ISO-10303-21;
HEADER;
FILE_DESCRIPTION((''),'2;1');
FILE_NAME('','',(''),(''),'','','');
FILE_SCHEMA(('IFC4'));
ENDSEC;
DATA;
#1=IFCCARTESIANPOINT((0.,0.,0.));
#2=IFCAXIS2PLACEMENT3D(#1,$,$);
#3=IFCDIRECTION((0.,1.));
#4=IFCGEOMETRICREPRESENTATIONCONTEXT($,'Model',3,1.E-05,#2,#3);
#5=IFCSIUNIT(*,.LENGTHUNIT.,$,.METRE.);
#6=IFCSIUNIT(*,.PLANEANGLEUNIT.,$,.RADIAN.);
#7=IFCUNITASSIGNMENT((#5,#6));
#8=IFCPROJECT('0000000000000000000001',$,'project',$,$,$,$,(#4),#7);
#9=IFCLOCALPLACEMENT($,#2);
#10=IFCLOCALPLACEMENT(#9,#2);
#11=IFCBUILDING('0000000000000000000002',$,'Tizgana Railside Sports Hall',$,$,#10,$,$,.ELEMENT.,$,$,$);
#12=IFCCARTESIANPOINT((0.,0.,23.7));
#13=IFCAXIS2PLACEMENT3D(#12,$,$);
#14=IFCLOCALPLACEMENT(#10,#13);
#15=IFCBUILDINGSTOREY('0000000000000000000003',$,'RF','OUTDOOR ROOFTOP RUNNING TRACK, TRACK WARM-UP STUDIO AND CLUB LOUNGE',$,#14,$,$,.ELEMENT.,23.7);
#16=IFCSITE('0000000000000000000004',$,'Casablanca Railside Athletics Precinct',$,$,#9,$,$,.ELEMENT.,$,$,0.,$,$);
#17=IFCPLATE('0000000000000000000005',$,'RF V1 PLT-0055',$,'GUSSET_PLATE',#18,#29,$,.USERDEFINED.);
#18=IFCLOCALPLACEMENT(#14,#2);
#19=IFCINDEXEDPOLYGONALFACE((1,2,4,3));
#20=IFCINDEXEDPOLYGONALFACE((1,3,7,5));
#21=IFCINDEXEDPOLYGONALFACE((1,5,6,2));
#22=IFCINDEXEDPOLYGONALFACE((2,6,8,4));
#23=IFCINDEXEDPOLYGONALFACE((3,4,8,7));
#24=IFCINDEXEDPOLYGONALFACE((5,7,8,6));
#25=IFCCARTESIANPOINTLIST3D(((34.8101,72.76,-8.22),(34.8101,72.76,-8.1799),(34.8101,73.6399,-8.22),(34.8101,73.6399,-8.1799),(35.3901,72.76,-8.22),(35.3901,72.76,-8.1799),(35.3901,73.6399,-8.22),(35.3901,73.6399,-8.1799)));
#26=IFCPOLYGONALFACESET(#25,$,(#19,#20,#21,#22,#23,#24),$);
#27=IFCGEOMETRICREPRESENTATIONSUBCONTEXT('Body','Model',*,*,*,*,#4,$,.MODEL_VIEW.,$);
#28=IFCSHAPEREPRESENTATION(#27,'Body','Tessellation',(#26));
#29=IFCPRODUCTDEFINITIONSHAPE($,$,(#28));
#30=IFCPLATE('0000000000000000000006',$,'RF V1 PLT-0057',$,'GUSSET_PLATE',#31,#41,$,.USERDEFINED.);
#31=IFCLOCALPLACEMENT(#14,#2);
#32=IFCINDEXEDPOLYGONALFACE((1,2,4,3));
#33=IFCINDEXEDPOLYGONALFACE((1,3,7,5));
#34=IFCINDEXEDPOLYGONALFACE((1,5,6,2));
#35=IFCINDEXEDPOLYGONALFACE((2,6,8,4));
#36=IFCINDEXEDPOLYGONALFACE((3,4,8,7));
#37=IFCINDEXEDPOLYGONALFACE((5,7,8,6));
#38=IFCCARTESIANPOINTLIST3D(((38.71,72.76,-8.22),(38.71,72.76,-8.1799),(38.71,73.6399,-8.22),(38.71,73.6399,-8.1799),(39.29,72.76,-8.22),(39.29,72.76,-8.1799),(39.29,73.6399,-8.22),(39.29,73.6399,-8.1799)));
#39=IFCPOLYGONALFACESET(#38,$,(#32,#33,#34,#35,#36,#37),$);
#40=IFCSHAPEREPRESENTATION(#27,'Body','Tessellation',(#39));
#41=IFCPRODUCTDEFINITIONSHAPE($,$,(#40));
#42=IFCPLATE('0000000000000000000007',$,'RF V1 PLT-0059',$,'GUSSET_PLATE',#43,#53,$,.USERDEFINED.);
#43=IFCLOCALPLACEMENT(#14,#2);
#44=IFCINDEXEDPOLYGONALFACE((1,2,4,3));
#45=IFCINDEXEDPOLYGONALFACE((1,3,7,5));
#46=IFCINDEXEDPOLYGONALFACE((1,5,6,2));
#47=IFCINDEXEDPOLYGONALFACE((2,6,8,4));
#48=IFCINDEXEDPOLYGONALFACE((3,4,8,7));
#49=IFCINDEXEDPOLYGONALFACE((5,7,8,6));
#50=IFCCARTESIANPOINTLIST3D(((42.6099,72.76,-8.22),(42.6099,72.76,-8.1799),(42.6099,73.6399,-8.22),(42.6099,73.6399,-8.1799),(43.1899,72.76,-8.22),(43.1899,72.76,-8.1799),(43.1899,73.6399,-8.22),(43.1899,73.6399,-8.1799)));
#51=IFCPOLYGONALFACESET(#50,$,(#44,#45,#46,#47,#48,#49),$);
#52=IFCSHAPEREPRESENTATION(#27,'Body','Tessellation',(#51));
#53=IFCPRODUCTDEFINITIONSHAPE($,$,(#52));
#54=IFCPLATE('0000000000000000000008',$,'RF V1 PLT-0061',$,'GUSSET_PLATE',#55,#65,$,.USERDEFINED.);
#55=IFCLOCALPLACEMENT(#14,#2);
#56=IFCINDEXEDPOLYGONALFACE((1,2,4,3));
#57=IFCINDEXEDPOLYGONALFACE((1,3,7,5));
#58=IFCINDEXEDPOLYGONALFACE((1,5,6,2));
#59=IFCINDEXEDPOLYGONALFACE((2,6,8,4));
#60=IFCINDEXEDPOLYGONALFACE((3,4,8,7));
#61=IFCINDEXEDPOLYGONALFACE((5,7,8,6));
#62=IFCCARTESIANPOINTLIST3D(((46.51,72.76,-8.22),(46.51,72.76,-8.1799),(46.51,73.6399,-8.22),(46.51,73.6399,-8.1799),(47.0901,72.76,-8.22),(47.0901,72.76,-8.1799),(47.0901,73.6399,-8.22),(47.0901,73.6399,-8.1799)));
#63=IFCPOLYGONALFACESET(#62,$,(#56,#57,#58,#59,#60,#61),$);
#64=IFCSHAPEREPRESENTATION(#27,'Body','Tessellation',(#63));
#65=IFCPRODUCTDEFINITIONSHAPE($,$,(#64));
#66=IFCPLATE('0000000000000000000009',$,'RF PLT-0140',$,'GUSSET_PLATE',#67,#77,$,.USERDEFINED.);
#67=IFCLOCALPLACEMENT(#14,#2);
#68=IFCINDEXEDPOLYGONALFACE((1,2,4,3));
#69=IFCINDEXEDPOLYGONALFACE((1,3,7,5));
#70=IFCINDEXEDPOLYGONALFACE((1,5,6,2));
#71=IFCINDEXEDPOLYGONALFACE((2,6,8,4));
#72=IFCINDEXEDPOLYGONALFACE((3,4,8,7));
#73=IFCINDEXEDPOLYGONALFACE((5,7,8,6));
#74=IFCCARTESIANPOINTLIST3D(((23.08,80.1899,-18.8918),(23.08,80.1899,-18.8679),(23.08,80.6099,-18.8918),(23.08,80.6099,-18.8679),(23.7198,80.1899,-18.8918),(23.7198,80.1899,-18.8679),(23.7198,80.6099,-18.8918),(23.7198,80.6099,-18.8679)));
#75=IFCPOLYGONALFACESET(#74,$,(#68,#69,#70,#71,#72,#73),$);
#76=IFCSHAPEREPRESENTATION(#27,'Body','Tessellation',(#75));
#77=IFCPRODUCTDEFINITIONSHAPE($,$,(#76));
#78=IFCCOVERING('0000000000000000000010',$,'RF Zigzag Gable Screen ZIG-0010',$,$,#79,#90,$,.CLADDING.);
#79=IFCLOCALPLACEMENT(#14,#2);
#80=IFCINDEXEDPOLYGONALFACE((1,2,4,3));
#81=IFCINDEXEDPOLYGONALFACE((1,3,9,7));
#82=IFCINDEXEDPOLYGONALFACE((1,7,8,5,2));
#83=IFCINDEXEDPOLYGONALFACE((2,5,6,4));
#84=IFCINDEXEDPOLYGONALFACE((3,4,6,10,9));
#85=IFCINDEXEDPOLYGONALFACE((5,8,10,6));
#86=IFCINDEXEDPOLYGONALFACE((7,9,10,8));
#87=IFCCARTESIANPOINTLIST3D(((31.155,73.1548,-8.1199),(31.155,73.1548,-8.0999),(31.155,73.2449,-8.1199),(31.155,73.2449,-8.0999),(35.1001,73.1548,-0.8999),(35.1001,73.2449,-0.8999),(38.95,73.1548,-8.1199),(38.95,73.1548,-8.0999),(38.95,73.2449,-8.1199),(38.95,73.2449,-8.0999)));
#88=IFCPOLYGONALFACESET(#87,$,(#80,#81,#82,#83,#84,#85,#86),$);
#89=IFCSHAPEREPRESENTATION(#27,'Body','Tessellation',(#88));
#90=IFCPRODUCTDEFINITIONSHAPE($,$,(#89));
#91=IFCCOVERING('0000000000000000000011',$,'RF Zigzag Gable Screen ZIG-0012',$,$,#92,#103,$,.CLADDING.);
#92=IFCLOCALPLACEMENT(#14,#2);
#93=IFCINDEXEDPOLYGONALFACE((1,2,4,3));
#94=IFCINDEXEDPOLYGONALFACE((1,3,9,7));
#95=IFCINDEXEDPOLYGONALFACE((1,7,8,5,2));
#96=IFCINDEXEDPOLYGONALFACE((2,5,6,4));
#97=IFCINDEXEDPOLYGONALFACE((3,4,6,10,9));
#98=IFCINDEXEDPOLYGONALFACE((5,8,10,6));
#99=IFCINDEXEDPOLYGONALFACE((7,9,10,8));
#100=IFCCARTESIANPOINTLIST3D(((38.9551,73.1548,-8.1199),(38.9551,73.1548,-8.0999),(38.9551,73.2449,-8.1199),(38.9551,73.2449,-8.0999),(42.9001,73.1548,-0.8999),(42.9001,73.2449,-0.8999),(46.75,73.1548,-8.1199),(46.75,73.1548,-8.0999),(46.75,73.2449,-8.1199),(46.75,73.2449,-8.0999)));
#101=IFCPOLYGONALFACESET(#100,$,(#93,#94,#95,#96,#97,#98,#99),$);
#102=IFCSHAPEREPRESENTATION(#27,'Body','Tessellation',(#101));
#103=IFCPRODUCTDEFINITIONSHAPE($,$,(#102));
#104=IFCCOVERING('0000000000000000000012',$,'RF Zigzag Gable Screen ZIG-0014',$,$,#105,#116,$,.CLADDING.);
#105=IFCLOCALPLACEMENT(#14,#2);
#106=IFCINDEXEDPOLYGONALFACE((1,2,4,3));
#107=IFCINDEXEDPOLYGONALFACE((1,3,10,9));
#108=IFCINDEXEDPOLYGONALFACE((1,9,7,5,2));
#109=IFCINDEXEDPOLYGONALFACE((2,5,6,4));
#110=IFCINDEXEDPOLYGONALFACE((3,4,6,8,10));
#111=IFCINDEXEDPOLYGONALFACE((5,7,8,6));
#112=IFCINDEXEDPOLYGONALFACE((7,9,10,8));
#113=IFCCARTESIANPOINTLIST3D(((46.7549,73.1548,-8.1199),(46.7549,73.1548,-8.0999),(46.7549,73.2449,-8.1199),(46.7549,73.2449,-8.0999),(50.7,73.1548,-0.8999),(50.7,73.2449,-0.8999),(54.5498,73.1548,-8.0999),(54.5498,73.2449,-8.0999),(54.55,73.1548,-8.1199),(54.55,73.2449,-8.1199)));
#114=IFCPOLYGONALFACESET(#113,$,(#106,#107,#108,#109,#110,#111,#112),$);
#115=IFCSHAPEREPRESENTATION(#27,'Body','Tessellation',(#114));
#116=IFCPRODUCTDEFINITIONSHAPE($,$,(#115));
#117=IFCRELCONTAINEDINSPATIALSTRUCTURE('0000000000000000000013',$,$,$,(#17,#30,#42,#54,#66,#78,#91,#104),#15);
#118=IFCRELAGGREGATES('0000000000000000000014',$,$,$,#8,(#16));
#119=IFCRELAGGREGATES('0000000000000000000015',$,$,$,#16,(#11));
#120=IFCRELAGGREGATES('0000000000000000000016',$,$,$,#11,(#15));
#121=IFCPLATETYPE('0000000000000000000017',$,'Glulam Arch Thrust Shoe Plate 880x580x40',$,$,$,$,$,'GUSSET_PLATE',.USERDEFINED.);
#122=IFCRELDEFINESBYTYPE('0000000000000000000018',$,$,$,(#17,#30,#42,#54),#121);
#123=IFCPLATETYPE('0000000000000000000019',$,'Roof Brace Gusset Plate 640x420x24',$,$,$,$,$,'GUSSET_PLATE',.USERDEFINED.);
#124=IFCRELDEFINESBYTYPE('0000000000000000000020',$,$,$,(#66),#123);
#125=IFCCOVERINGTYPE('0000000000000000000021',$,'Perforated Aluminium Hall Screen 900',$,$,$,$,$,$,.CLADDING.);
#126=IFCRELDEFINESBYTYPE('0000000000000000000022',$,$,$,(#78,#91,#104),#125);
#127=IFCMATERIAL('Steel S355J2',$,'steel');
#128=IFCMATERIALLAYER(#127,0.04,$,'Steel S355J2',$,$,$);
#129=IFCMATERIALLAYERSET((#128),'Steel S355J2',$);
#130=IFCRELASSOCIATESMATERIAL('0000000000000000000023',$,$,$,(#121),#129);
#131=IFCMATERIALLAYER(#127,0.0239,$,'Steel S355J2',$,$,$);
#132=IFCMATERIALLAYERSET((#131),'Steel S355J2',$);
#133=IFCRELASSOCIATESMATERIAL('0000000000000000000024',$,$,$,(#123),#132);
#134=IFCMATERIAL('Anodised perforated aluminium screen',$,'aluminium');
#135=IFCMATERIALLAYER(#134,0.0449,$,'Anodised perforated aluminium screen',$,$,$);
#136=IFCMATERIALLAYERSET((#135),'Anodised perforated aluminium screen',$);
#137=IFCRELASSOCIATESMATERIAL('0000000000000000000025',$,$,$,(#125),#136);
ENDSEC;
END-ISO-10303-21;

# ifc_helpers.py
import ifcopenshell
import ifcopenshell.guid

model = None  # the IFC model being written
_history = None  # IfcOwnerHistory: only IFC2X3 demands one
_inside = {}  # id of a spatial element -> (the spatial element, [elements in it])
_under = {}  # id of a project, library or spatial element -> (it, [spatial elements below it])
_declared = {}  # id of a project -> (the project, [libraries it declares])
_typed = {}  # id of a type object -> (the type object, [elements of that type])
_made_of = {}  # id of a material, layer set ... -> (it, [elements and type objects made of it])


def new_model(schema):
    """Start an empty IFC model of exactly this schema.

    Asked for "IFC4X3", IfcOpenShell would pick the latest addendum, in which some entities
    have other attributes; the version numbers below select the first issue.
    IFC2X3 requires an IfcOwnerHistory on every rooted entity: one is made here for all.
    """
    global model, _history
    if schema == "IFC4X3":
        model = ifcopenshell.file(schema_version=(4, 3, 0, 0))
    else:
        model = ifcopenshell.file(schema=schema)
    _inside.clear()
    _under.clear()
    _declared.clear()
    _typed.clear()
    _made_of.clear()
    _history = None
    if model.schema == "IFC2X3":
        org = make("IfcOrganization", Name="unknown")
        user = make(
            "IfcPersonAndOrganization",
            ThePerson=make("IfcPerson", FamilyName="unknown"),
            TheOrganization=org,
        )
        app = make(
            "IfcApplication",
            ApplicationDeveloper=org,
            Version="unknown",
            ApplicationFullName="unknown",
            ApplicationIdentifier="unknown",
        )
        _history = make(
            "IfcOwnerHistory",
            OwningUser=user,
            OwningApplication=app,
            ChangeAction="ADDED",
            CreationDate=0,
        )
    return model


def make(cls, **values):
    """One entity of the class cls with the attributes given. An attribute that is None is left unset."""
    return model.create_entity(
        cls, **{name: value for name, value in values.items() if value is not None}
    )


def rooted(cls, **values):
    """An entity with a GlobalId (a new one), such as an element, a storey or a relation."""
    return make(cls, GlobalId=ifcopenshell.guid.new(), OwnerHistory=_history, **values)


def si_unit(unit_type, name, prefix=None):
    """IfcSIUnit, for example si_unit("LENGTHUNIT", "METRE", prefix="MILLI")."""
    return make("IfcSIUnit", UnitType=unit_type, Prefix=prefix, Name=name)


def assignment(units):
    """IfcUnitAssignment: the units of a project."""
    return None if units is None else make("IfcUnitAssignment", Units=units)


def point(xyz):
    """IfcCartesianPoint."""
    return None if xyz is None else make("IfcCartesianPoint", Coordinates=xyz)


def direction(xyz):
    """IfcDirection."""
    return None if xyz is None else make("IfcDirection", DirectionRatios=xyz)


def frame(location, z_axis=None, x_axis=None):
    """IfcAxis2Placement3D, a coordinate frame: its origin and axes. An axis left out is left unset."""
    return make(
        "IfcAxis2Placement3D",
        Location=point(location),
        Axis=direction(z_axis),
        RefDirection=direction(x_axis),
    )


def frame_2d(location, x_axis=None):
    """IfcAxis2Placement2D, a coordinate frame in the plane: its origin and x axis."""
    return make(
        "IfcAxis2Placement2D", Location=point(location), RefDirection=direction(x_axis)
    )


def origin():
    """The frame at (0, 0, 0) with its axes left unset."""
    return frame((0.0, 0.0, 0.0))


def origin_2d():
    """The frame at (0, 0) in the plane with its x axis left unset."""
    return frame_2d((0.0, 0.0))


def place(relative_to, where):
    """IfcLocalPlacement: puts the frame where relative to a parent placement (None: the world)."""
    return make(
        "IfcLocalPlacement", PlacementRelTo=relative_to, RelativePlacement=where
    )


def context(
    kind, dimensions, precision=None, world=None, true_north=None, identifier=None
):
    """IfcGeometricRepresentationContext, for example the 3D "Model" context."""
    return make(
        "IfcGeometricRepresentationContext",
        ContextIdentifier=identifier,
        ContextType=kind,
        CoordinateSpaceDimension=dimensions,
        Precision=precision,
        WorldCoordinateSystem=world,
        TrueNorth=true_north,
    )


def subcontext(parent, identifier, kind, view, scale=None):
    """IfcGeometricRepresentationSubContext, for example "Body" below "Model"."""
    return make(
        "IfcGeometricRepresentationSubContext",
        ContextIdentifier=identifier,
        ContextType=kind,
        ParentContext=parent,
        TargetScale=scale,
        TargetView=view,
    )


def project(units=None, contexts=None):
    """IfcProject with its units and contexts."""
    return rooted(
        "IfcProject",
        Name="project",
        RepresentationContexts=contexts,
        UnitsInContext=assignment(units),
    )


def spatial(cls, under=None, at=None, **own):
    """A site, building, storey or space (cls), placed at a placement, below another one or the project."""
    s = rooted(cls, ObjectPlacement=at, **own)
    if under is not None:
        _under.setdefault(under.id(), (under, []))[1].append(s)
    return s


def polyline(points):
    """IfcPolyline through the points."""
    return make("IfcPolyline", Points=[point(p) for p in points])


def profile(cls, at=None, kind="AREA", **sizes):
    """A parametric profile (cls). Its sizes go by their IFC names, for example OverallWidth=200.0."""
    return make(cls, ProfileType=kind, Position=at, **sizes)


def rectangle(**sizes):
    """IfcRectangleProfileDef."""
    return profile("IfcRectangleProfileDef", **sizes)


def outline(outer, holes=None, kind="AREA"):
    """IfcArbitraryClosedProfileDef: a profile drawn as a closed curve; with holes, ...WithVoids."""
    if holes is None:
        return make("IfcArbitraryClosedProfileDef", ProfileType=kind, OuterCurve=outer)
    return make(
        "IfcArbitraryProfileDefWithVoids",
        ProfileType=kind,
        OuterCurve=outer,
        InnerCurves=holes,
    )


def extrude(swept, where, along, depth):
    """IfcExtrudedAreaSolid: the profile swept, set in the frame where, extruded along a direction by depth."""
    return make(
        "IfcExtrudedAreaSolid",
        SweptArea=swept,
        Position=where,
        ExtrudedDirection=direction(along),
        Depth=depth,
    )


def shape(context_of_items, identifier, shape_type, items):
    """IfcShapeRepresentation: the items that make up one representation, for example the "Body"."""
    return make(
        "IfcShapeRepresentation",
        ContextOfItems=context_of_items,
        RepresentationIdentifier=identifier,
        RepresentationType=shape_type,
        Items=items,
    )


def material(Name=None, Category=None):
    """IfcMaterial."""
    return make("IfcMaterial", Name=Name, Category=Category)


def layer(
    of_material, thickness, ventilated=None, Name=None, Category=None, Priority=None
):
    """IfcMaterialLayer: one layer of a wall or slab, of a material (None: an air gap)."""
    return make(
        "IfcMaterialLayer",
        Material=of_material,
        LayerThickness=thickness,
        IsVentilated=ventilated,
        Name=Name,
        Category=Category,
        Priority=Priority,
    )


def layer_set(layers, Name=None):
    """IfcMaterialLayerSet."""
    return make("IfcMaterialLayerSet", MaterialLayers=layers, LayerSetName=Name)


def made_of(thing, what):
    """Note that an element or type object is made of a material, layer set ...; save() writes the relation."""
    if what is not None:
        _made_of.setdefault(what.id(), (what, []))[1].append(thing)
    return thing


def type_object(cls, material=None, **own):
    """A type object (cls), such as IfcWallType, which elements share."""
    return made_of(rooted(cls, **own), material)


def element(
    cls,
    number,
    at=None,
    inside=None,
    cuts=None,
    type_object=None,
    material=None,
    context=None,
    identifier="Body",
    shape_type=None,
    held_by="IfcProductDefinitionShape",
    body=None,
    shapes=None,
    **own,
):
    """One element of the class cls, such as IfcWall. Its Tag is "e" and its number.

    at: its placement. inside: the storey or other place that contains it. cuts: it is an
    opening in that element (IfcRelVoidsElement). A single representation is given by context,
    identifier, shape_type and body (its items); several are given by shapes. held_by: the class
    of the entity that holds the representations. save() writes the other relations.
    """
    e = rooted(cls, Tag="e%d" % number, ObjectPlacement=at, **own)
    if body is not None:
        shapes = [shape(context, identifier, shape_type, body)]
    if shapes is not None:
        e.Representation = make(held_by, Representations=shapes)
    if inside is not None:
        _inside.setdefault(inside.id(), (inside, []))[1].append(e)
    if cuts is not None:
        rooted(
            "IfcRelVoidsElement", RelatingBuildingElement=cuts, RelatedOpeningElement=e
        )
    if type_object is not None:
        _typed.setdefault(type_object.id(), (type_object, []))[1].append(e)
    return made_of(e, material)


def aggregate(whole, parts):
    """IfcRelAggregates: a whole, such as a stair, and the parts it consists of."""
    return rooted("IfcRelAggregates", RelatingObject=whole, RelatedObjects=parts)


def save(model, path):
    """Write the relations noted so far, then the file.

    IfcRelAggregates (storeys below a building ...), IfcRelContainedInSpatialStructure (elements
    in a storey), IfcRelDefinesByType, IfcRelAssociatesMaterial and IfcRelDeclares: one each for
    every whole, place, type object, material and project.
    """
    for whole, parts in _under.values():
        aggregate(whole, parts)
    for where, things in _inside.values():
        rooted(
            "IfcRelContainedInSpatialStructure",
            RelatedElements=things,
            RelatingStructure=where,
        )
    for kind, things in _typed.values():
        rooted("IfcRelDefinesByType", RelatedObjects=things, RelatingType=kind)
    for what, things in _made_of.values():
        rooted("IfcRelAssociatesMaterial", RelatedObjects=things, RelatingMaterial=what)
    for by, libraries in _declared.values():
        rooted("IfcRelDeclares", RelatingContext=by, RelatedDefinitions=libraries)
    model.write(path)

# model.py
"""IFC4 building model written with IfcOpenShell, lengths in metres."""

from ifc_helpers import new_model, si_unit, direction, frame, origin, origin_2d, place, context, subcontext, project, spatial, polyline, rectangle, outline, extrude, material, layer, layer_set, type_object, element, save


model = new_model("IFC4")

# Units and contexts
model_context = context("Model", 3, precision=1e-05, world=origin(), true_north=direction((0.0, 1.0)))
body_context = subcontext(model_context, "Body", "Model", "MODEL_VIEW")
ifc_project = project(units=[si_unit("LENGTHUNIT", "METRE"), si_unit("PLANEANGLEUNIT", "RADIAN")], contexts=[model_context])

# Site, building, storey
site_placement = place(None, origin())
site = spatial("IfcSite", under=ifc_project, at=site_placement, Name="Casablanca Railside Athletics Precinct", CompositionType="ELEMENT", RefElevation=0.0)
building_placement = place(site_placement, origin())
building = spatial("IfcBuilding", under=site, at=building_placement, Name="Tizgana Railside Sports Hall", CompositionType="ELEMENT")
storey_placement = place(building_placement, frame((0.0, 0.0, 23.7)))
storey = spatial("IfcBuildingStorey", under=building, at=storey_placement, Name="RF", Description="OUTDOOR ROOFTOP RUNNING TRACK, TRACK WARM-UP STUDIO AND CLUB LOUNGE", CompositionType="ELEMENT", Elevation=23.7)

# Shared definitions
ifc_material_1 = material(Name="Steel S355J2", Category="steel")

# Plates
ifc_layer_1 = layer(ifc_material_1, 0.04, Name="Steel S355J2")
ifc_layer_set_1 = layer_set([ifc_layer_1], Name="Steel S355J2")
plate_type_1 = type_object("IfcPlateType", Name="Glulam Arch Thrust Shoe Plate 880x580x40", ElementType="GUSSET_PLATE", PredefinedType="USERDEFINED", material=ifc_layer_set_1)
for number, where, z_axis, x_axis, name in (
    (1, (35.1001, 73.2, -8.22), (0.0, 0.0, 1.0), (1.0, 0.0, 0.0), "RF V1 PLT-0055"),
    (2, (39.0, 73.2, -8.22), (0.0, 0.0, 1.0), (1.0, 0.0, 0.0), "RF V1 PLT-0057"),
    (3, (42.8999, 73.2, -8.22), (0.0, 0.0, 1.0), (1.0, 0.0, 0.0), "RF V1 PLT-0059"),
    (4, (46.8, 73.2, -8.22), (0.0, 0.0, 1.0), (1.0, 0.0, 0.0), "RF V1 PLT-0061"),
):
    element("IfcPlate", number, at=place(storey_placement, frame(where, z_axis=z_axis, x_axis=x_axis)), inside=storey, type_object=plate_type_1, Name=name, ObjectType="GUSSET_PLATE", PredefinedType="USERDEFINED", context=body_context, shape_type="SweptSolid", body=[
        extrude(rectangle(XDim=0.5801, YDim=0.8799, at=origin_2d()), origin(), (0.0, 0.0, 1.0), 0.04),
    ])
ifc_layer_2 = layer(ifc_material_1, 0.0239, Name="Steel S355J2")
ifc_layer_set_2 = layer_set([ifc_layer_2], Name="Steel S355J2")
plate_type_2 = type_object("IfcPlateType", Name="Roof Brace Gusset Plate 640x420x24", ElementType="GUSSET_PLATE", PredefinedType="USERDEFINED", material=ifc_layer_set_2)
plate_1_placement = place(storey_placement, frame((23.3999, 80.3999, -18.8918), z_axis=(0.0, 0.0, 1.0), x_axis=(1.0, 0.0, 0.0)))
element("IfcPlate", 5, at=plate_1_placement, inside=storey, type_object=plate_type_2, Name="RF PLT-0140", ObjectType="GUSSET_PLATE", PredefinedType="USERDEFINED", context=body_context, shape_type="SweptSolid", body=[
    extrude(rectangle(XDim=0.6399, YDim=0.4199, at=origin_2d()), origin(), (0.0, 0.0, 1.0), 0.0239),
])

# Coverings
ifc_material_2 = material(Name="Anodised perforated aluminium screen", Category="aluminium")
ifc_layer_3 = layer(ifc_material_2, 0.0449, Name="Anodised perforated aluminium screen")
ifc_layer_set_3 = layer_set([ifc_layer_3], Name="Anodised perforated aluminium screen")
covering_type = type_object("IfcCoveringType", Name="Perforated Aluminium Hall Screen 900", PredefinedType="CLADDING", material=ifc_layer_set_3)
for number, where, z_axis, x_axis, name in (
    (6, (31.155, 73.2, -8.1199), (0.0, 0.0, 1.0), (1.0, 0.0, 0.0), "RF Zigzag Gable Screen ZIG-0010"),
    (7, (38.9551, 73.2, -8.1199), (0.0, 0.0, 1.0), (1.0, 0.0, 0.0), "RF Zigzag Gable Screen ZIG-0012"),
):
    element("IfcCovering", number, at=place(storey_placement, frame(where, z_axis=z_axis, x_axis=x_axis)), inside=storey, type_object=covering_type, Name=name, PredefinedType="CLADDING", context=body_context, shape_type="SweptSolid", body=[
        extrude(outline(polyline([(0.0, 0.0), (7.7949, 0.0), (7.7949, 0.02), (3.9451, 7.22), (0.0, 0.02), (0.0, 0.0)])), frame((0.0, 0.0449, 0.0), z_axis=(0.0, -1.0, 0.0), x_axis=(1.0, 0.0, 0.0)), (0.0, 0.0, 1.0), 0.0901),
    ])
covering_placement = place(storey_placement, frame((46.7549, 73.2, -8.1199), z_axis=(0.0, 0.0, 1.0), x_axis=(1.0, 0.0, 0.0)))
element("IfcCovering", 8, at=covering_placement, inside=storey, type_object=covering_type, Name="RF Zigzag Gable Screen ZIG-0014", PredefinedType="CLADDING", context=body_context, shape_type="SweptSolid", body=[
    extrude(outline(polyline([(0.0, 0.0), (7.7952, 0.0), (7.7949, 0.02), (3.9451, 7.22), (0.0, 0.02), (0.0, 0.0)])), frame((0.0, 0.0449, 0.0), z_axis=(0.0, -1.0, 0.0), x_axis=(1.0, 0.0, 0.0)), (0.0, 0.0, 1.0), 0.0901),
])

save(model, "model.ifc")
